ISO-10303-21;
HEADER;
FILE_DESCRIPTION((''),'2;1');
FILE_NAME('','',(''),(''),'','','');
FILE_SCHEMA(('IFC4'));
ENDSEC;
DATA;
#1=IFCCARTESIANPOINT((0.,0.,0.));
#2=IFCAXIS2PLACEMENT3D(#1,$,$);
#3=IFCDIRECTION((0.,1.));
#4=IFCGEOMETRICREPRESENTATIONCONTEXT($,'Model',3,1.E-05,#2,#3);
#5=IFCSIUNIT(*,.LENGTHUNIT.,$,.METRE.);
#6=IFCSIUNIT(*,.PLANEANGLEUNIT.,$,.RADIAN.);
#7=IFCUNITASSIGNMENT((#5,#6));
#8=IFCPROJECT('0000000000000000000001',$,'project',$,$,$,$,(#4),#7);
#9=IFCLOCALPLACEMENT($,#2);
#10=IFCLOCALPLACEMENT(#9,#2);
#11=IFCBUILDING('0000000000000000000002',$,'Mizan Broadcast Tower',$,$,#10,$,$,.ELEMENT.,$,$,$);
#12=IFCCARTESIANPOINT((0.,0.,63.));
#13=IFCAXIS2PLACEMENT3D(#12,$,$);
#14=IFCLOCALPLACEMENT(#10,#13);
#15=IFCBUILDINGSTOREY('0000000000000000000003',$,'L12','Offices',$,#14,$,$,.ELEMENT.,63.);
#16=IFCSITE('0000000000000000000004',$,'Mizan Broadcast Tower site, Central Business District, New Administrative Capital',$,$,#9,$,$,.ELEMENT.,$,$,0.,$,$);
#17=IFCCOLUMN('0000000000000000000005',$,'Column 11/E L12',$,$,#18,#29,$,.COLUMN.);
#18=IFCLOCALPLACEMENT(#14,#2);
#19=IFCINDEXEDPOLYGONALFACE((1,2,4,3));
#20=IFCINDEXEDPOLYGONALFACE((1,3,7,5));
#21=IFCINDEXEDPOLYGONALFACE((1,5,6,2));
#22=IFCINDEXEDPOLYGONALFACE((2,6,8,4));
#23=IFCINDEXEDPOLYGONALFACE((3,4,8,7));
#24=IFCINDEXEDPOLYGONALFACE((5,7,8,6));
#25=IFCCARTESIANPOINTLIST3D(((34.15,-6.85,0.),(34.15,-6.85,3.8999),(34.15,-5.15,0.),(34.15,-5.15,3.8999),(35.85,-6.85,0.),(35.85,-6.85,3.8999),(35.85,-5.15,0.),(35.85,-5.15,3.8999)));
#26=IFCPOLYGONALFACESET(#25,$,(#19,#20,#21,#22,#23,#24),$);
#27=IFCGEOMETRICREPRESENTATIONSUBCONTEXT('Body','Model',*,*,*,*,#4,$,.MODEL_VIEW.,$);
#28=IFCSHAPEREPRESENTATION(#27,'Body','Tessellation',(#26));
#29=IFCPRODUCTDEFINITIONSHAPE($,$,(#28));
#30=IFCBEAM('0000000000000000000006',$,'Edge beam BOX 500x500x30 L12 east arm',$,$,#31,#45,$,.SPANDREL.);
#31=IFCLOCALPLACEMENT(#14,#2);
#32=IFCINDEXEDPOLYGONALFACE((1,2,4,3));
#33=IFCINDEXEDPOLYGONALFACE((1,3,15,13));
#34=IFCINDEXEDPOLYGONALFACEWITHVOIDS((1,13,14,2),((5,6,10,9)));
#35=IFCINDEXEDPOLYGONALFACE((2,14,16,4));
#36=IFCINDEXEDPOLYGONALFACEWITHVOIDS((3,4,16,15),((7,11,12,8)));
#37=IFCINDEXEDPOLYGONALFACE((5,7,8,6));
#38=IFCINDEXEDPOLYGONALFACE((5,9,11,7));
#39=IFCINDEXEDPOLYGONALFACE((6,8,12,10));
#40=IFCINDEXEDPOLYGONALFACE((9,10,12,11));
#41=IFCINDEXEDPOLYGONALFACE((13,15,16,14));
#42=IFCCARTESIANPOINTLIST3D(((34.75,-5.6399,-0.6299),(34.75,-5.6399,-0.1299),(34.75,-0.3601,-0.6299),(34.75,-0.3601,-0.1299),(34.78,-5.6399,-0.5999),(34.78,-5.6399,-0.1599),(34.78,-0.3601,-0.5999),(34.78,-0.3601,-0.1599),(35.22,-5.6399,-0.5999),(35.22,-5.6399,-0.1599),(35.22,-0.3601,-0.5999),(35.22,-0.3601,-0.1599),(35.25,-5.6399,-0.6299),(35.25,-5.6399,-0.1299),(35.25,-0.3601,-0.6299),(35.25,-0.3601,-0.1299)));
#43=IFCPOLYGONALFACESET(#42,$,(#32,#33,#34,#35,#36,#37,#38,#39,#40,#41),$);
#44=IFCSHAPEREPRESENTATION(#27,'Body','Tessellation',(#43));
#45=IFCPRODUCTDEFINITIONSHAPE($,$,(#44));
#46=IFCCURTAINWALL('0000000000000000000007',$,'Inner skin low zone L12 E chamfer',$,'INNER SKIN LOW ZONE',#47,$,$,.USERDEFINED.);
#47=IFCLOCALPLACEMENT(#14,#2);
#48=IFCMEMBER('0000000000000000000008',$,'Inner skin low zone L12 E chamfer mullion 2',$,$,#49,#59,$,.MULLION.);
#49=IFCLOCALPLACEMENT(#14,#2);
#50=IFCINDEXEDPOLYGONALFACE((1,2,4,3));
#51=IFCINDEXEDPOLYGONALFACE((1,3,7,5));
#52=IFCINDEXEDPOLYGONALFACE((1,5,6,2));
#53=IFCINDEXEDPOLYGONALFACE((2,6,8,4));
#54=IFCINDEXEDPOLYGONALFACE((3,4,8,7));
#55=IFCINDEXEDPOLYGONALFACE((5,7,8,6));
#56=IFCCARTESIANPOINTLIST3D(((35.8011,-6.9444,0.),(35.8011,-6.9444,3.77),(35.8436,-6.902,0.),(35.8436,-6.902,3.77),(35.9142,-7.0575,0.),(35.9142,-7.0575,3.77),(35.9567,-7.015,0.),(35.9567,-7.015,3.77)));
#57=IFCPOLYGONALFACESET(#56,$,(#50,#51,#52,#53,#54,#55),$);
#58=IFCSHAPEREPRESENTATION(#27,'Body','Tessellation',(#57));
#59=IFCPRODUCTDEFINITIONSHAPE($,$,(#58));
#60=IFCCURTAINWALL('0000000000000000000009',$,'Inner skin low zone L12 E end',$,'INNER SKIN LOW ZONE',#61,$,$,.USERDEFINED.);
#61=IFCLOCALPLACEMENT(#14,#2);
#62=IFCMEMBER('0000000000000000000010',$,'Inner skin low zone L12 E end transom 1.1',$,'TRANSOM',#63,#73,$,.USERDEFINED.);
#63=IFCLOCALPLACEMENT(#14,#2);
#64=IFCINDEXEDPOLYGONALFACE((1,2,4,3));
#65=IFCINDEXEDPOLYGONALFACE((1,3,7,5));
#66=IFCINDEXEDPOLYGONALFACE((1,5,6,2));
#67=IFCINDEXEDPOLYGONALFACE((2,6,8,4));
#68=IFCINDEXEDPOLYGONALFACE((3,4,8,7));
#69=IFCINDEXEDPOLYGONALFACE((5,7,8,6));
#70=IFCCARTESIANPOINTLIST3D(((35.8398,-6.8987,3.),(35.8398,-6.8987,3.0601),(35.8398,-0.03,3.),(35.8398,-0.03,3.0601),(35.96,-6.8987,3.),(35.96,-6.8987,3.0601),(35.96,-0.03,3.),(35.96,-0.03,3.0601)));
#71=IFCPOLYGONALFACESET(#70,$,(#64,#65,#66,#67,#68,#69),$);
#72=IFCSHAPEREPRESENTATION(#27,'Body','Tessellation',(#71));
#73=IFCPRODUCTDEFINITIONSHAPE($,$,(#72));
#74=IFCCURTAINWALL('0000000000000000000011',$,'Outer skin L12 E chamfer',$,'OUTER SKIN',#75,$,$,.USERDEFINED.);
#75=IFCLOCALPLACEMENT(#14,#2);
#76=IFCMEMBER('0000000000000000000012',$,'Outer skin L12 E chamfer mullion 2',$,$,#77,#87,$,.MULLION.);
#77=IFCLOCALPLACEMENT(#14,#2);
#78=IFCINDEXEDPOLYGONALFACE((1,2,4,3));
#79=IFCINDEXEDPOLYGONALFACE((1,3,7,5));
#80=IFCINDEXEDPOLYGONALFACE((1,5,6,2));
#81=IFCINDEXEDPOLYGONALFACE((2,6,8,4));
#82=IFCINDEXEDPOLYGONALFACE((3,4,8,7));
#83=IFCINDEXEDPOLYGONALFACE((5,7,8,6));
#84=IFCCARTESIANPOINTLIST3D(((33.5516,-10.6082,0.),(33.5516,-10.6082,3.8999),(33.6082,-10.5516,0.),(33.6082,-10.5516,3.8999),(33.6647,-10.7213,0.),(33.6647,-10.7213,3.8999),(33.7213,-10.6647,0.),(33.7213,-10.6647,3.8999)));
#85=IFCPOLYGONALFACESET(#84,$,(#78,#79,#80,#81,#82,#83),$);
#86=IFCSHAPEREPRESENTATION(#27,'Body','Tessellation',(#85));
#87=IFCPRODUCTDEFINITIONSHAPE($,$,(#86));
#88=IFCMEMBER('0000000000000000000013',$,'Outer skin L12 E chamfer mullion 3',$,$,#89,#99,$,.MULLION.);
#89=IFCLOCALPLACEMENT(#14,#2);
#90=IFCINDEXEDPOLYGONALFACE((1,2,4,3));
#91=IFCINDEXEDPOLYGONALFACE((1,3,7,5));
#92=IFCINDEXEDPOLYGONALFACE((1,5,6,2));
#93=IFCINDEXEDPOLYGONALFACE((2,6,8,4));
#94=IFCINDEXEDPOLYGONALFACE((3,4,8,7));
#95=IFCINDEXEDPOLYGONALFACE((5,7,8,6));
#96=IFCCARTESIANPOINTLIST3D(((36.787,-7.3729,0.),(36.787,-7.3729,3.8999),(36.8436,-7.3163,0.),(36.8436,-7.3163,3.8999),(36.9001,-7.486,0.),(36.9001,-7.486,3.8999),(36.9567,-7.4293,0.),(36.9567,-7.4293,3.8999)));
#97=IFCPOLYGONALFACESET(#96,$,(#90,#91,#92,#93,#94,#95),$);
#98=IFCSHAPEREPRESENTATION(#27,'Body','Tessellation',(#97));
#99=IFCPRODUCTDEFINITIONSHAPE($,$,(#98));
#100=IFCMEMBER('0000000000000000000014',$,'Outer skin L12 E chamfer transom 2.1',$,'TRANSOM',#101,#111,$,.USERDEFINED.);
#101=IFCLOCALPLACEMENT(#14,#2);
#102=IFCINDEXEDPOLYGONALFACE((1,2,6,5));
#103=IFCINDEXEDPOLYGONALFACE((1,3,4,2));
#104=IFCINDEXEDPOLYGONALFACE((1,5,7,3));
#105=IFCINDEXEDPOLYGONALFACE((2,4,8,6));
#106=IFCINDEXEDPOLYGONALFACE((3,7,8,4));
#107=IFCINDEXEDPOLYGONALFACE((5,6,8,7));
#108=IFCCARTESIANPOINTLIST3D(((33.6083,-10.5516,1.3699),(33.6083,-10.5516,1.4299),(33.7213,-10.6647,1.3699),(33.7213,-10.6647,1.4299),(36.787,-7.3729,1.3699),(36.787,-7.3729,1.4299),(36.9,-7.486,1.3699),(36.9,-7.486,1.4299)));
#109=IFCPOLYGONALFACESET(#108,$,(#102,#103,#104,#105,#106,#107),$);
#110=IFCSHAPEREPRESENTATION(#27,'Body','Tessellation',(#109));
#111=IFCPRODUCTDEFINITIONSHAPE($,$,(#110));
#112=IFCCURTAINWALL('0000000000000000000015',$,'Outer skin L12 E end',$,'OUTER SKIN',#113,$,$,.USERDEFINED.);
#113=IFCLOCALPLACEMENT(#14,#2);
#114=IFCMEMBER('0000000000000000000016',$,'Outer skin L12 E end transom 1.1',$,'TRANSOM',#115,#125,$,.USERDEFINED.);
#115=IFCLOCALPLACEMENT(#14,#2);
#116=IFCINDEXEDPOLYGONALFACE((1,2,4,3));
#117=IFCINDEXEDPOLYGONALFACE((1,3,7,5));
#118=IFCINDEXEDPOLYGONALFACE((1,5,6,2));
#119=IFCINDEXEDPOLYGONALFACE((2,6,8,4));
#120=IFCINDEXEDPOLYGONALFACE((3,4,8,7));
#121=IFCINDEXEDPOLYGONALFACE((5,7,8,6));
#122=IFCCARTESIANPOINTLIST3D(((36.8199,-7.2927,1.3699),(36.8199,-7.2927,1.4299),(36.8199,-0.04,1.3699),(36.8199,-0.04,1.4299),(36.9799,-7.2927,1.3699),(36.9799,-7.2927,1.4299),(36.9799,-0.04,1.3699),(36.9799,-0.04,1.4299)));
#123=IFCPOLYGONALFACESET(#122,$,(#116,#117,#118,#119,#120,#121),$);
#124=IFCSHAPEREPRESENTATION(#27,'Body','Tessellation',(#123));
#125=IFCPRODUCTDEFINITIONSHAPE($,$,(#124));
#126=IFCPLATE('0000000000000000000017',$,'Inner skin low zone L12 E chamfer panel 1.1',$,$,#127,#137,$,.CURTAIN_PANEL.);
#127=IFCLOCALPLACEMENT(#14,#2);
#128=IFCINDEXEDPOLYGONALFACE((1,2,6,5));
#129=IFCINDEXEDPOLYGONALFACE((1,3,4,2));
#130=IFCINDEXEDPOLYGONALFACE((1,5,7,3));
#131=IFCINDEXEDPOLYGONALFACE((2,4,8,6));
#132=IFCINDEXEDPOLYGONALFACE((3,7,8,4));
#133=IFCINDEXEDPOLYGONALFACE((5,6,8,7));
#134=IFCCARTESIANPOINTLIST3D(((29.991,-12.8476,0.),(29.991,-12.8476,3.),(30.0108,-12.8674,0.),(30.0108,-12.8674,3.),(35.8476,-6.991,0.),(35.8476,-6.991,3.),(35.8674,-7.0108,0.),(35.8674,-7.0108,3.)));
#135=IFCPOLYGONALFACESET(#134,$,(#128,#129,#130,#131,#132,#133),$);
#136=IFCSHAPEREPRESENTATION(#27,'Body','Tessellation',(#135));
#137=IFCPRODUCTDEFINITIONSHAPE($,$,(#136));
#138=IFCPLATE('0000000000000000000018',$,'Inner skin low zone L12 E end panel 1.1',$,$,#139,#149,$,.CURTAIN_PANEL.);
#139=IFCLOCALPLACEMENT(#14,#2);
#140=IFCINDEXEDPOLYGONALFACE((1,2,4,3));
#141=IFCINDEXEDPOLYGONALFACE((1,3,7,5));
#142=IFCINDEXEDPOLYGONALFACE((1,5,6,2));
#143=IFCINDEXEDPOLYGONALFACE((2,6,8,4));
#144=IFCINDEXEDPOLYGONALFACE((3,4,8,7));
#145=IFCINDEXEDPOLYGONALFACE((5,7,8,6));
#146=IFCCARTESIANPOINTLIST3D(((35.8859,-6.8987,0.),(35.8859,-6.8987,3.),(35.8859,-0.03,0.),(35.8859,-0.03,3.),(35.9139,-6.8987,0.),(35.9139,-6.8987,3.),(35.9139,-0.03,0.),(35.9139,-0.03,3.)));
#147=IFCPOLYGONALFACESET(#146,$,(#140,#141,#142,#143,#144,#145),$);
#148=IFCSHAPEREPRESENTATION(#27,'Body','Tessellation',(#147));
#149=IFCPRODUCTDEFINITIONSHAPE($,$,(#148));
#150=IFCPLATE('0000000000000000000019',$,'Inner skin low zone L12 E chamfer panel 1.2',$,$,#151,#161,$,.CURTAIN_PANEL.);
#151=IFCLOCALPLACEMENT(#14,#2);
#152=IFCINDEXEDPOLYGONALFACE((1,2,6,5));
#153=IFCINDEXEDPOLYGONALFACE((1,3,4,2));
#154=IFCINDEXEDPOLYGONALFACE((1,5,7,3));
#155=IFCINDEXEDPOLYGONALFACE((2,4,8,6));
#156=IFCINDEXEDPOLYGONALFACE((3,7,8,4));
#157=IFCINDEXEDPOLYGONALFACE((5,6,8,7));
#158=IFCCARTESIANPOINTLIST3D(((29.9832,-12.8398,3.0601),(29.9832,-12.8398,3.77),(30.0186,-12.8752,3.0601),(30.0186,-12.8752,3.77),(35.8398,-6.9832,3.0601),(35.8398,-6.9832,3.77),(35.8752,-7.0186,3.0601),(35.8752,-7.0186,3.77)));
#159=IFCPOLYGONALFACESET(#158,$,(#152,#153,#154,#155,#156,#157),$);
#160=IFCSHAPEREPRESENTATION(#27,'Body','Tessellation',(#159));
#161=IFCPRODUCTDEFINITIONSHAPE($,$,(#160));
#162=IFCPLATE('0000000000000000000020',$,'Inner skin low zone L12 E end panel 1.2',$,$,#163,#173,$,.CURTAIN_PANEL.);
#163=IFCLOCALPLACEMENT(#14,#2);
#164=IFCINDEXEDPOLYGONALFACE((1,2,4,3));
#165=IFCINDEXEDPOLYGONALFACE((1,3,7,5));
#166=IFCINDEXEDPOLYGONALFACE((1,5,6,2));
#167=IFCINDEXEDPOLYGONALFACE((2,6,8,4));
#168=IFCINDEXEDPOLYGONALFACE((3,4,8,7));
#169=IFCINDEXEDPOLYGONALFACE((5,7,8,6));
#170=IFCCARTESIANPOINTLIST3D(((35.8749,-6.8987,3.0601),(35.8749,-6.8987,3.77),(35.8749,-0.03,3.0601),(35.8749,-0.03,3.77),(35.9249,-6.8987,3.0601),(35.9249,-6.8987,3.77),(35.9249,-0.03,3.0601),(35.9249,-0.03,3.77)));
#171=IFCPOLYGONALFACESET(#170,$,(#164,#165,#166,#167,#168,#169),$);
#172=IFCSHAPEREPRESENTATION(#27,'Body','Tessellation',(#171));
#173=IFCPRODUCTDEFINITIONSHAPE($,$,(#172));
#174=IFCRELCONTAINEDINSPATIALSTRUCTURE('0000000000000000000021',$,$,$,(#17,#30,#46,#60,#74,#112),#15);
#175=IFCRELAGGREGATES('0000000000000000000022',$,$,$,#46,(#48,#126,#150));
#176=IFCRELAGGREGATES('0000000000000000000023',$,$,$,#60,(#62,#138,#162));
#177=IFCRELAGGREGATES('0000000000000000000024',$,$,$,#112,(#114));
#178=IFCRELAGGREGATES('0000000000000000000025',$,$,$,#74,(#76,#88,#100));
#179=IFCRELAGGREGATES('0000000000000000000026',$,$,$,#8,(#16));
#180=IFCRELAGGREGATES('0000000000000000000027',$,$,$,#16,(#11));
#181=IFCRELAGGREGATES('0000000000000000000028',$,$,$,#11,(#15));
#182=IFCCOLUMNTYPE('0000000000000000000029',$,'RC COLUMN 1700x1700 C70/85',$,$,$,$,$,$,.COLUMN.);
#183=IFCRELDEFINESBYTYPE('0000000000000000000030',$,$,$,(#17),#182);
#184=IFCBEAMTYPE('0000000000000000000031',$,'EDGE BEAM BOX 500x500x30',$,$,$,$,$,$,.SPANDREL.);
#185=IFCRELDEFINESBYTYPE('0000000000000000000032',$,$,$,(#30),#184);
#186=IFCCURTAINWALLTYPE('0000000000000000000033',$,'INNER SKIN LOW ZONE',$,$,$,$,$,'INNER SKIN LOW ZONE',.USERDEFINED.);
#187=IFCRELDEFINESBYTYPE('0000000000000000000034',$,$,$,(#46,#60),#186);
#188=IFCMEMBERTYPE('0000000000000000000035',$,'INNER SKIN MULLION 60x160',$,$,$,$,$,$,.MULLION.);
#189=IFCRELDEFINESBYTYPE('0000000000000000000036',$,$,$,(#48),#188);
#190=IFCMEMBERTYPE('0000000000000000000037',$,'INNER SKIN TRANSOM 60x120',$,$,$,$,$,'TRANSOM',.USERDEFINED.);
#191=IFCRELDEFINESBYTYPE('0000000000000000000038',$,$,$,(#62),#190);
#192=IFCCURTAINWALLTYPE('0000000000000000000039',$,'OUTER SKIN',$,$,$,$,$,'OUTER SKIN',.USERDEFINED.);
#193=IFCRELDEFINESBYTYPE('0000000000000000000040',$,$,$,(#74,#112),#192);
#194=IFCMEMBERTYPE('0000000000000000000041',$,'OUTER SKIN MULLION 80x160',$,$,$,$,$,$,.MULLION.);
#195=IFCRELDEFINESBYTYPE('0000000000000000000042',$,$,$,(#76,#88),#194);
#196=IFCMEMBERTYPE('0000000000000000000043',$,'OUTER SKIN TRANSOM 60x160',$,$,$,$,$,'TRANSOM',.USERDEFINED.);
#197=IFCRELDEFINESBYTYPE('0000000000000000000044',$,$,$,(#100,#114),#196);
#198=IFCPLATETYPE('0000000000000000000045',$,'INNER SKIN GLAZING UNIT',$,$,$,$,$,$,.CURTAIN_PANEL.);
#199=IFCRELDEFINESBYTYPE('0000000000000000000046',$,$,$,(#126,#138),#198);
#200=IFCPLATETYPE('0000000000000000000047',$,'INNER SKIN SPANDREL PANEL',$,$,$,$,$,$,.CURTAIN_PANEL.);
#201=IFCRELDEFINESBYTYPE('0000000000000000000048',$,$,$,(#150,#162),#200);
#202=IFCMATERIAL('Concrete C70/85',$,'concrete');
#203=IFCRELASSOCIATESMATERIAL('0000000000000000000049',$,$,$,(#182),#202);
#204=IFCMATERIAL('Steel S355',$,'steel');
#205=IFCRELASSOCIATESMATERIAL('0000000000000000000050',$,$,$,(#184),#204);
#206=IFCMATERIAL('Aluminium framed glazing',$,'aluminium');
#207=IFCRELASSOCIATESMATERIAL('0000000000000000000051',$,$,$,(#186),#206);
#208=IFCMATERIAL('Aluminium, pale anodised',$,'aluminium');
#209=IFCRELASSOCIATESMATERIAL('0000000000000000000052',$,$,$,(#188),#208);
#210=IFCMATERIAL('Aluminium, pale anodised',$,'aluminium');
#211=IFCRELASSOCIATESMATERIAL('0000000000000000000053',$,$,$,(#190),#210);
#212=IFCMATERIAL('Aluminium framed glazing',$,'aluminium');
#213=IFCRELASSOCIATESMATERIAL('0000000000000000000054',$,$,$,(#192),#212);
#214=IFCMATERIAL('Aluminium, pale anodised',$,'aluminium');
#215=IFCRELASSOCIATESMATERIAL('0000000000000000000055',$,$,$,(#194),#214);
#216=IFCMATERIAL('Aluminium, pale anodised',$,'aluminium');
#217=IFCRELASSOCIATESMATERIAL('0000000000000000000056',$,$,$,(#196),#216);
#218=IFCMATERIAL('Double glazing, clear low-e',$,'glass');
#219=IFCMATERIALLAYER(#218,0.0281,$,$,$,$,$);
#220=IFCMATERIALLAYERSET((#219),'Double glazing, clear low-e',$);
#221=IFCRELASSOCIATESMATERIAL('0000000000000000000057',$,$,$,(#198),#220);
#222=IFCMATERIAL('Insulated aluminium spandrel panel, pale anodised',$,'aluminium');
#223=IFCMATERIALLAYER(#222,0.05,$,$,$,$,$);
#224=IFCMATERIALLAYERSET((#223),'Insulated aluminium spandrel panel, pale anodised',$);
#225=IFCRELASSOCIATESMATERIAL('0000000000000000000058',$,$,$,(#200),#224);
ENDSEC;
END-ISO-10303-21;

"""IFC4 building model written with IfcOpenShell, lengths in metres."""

from ifc_helpers import new_model, si_unit, direction, frame, origin, origin_2d, place, context, subcontext, project, spatial, rectangle, hollow_rectangle, extrude, material, layer, layer_set, material_profile, profile_set, type_object, element, aggregate, save


model = new_model("IFC4")

# Units and contexts
model_context = context("Model", 3, precision=1e-05, world=origin(), true_north=direction((0.0, 1.0)))
body_context = subcontext(model_context, "Body", "Model", "MODEL_VIEW")
ifc_project = project(units=[si_unit("LENGTHUNIT", "METRE"), si_unit("PLANEANGLEUNIT", "RADIAN")], contexts=[model_context])

# Site, building, storey
site_placement = place(None, origin())
site = spatial("IfcSite", under=ifc_project, at=site_placement, Name="Mizan Broadcast Tower site, Central Business District, New Administrative Capital", CompositionType="ELEMENT", RefElevation=0.0)
building_placement = place(site_placement, origin())
building = spatial("IfcBuilding", under=site, at=building_placement, Name="Mizan Broadcast Tower", CompositionType="ELEMENT")
storey_placement = place(building_placement, frame((0.0, 0.0, 63.0)))
storey = spatial("IfcBuildingStorey", under=building, at=storey_placement, Name="L12", Description="Offices", CompositionType="ELEMENT", Elevation=63.0)

# Column
ifc_material_1 = material(Name="Concrete C70/85", Category="concrete")
ifc_material_profile_1 = material_profile(ifc_material_1, rectangle(XDim=1.7, YDim=1.7, at=origin_2d()), Name="RC 1700x1700")
ifc_profile_set_1 = profile_set([ifc_material_profile_1], Name="Concrete C70/85")
column_type = type_object("IfcColumnType", Name="RC COLUMN 1700x1700 C70/85", PredefinedType="COLUMN", material=ifc_profile_set_1)
column_placement = place(storey_placement, frame((35.0, -6.0, 0.0), z_axis=(0.0, 0.0, 1.0), x_axis=(1.0, 0.0, 0.0)))
element("IfcColumn", 1, at=column_placement, inside=storey, type_object=column_type, Name="Column 11/E L12", PredefinedType="COLUMN", context=body_context, shape_type="SweptSolid", body=[
    extrude(rectangle(XDim=1.7, YDim=1.7, at=origin_2d()), origin(), (0.0, 0.0, 1.0), 3.8999),
])

# Beam
ifc_material_2 = material(Name="Steel S355", Category="steel")
ifc_material_profile_2 = material_profile(ifc_material_2, hollow_rectangle(XDim=0.5, YDim=0.5, WallThickness=0.03, at=origin_2d()), Name="BOX 500x500x30")
ifc_profile_set_2 = profile_set([ifc_material_profile_2], Name="Steel S355")
beam_type = type_object("IfcBeamType", Name="EDGE BEAM BOX 500x500x30", PredefinedType="SPANDREL", material=ifc_profile_set_2)
beam_placement = place(storey_placement, frame((35.0, -5.6399, -0.3799), z_axis=(0.0, 1.0, 0.0), x_axis=(-1.0, 0.0, 0.0)))
element("IfcBeam", 2, at=beam_placement, inside=storey, type_object=beam_type, Name="Edge beam BOX 500x500x30 L12 east arm", PredefinedType="SPANDREL", context=body_context, shape_type="SweptSolid", body=[
    extrude(hollow_rectangle(XDim=0.5, YDim=0.5, WallThickness=0.03, at=origin_2d()), origin(), (0.0, 0.0, 1.0), 5.2798),
])

# Curtain walls, members
ifc_material_3 = material(Name="Aluminium framed glazing", Category="aluminium")
curtain_wall_type_1 = type_object("IfcCurtainWallType", Name="INNER SKIN LOW ZONE", ElementType="INNER SKIN LOW ZONE", PredefinedType="USERDEFINED", material=ifc_material_3)
curtain_wall_1_placement = place(storey_placement, origin())
curtain_wall_1 = element("IfcCurtainWall", 3, at=curtain_wall_1_placement, inside=storey, type_object=curtain_wall_type_1, Name="Inner skin low zone L12 E chamfer", ObjectType="INNER SKIN LOW ZONE", PredefinedType="USERDEFINED")
ifc_material_4 = material(Name="Aluminium, pale anodised", Category="aluminium")
ifc_material_profile_3 = material_profile(ifc_material_4, rectangle(XDim=0.1599, YDim=0.0601, at=origin_2d()), Name="MULLION 160x60")
ifc_profile_set_3 = profile_set([ifc_material_profile_3], Name="Aluminium, pale anodised")
member_type_1 = type_object("IfcMemberType", Name="INNER SKIN MULLION 60x160", PredefinedType="MULLION", material=ifc_profile_set_3)
member_1_placement = place(storey_placement, frame((35.8789, -6.9797, 0.0), z_axis=(0.0, 0.0, 1.0), x_axis=(-0.707107, 0.707107, 0.0)))
member_1 = element("IfcMember", 4, at=member_1_placement, type_object=member_type_1, Name="Inner skin low zone L12 E chamfer mullion 2", PredefinedType="MULLION", context=body_context, shape_type="SweptSolid", body=[
    extrude(rectangle(XDim=0.1599, YDim=0.0601, at=origin_2d()), origin(), (0.0, 0.0, 1.0), 3.77),
])
curtain_wall_2_placement = place(storey_placement, origin())
curtain_wall_2 = element("IfcCurtainWall", 5, at=curtain_wall_2_placement, inside=storey, type_object=curtain_wall_type_1, Name="Inner skin low zone L12 E end", ObjectType="INNER SKIN LOW ZONE", PredefinedType="USERDEFINED")
ifc_material_5 = material(Name="Aluminium, pale anodised", Category="aluminium")
ifc_material_profile_4 = material_profile(ifc_material_5, rectangle(XDim=0.1201, YDim=0.0601, at=origin_2d()), Name="TRANSOM 120x60")
ifc_profile_set_4 = profile_set([ifc_material_profile_4], Name="Aluminium, pale anodised")
member_type_2 = type_object("IfcMemberType", Name="INNER SKIN TRANSOM 60x120", ElementType="TRANSOM", PredefinedType="USERDEFINED", material=ifc_profile_set_4)
member_2_placement = place(storey_placement, frame((35.8999, -6.8987, 3.03), z_axis=(0.0, 1.0, 0.0), x_axis=(-1.0, 0.0, 0.0)))
member_2 = element("IfcMember", 6, at=member_2_placement, type_object=member_type_2, Name="Inner skin low zone L12 E end transom 1.1", ObjectType="TRANSOM", PredefinedType="USERDEFINED", context=body_context, shape_type="SweptSolid", body=[
    extrude(rectangle(XDim=0.1201, YDim=0.0601, at=origin_2d()), origin(), (0.0, 0.0, 1.0), 6.8687),
])

# Curtain wall, members
ifc_material_6 = material(Name="Aluminium framed glazing", Category="aluminium")
curtain_wall_type_2 = type_object("IfcCurtainWallType", Name="OUTER SKIN", ElementType="OUTER SKIN", PredefinedType="USERDEFINED", material=ifc_material_6)
curtain_wall_3_placement = place(storey_placement, origin())
curtain_wall_3 = element("IfcCurtainWall", 7, at=curtain_wall_3_placement, inside=storey, type_object=curtain_wall_type_2, Name="Outer skin L12 E chamfer", ObjectType="OUTER SKIN", PredefinedType="USERDEFINED")
ifc_material_7 = material(Name="Aluminium, pale anodised", Category="aluminium")
ifc_material_profile_5 = material_profile(ifc_material_7, rectangle(XDim=0.1599, YDim=0.0801, at=origin_2d()), Name="MULLION 160x80")
ifc_profile_set_5 = profile_set([ifc_material_profile_5], Name="Aluminium, pale anodised")
member_type_3 = type_object("IfcMemberType", Name="OUTER SKIN MULLION 80x160", PredefinedType="MULLION", material=ifc_profile_set_5)
member_3_placement = place(storey_placement, frame((33.6365, -10.6365, 0.0), z_axis=(0.0, 0.0, 1.0), x_axis=(-0.707107, 0.707107, 0.0)))
member_3 = element("IfcMember", 8, at=member_3_placement, type_object=member_type_3, Name="Outer skin L12 E chamfer mullion 2", PredefinedType="MULLION", context=body_context, shape_type="SweptSolid", body=[
    extrude(rectangle(XDim=0.1599, YDim=0.0801, at=origin_2d()), origin(), (0.0, 0.0, 1.0), 3.8999),
])
member_4_placement = place(storey_placement, frame((36.8718, -7.4011, 0.0), z_axis=(0.0, 0.0, 1.0), x_axis=(-0.707107, 0.707107, 0.0)))
member_4 = element("IfcMember", 9, at=member_4_placement, type_object=member_type_3, Name="Outer skin L12 E chamfer mullion 3", PredefinedType="MULLION", context=body_context, shape_type="SweptSolid", body=[
    extrude(rectangle(XDim=0.1599, YDim=0.0801, at=origin_2d()), origin(), (0.0, 0.0, 1.0), 3.8999),
])
ifc_material_8 = material(Name="Aluminium, pale anodised", Category="aluminium")
ifc_material_profile_6 = material_profile(ifc_material_8, rectangle(XDim=0.1599, YDim=0.0601, at=origin_2d()), Name="TRANSOM 160x60")
ifc_profile_set_6 = profile_set([ifc_material_profile_6], Name="Aluminium, pale anodised")
member_type_4 = type_object("IfcMemberType", Name="OUTER SKIN TRANSOM 60x160", ElementType="TRANSOM", PredefinedType="USERDEFINED", material=ifc_profile_set_6)
member_5_placement = place(storey_placement, frame((33.6648, -10.6082, 1.3999), z_axis=(0.707107, 0.707107, 0.0), x_axis=(-0.707107, 0.707107, 0.0)))
member_5 = element("IfcMember", 10, at=member_5_placement, type_object=member_type_4, Name="Outer skin L12 E chamfer transom 2.1", ObjectType="TRANSOM", PredefinedType="USERDEFINED", context=body_context, shape_type="SweptSolid", body=[
    extrude(rectangle(XDim=0.1599, YDim=0.0601, at=origin_2d()), origin(), (0.0, 0.0, 1.0), 4.4954),
])

# Curtain wall, member
curtain_wall_4_placement = place(storey_placement, origin())
curtain_wall_4 = element("IfcCurtainWall", 11, at=curtain_wall_4_placement, inside=storey, type_object=curtain_wall_type_2, Name="Outer skin L12 E end", ObjectType="OUTER SKIN", PredefinedType="USERDEFINED")
member_6_placement = place(storey_placement, frame((36.8999, -7.2927, 1.3999), z_axis=(0.0, 1.0, 0.0), x_axis=(-1.0, 0.0, 0.0)))
member_6 = element("IfcMember", 12, at=member_6_placement, type_object=member_type_4, Name="Outer skin L12 E end transom 1.1", ObjectType="TRANSOM", PredefinedType="USERDEFINED", context=body_context, shape_type="SweptSolid", body=[
    extrude(rectangle(XDim=0.1599, YDim=0.0601, at=origin_2d()), origin(), (0.0, 0.0, 1.0), 7.2527),
])

# Plates
ifc_material_9 = material(Name="Double glazing, clear low-e", Category="glass")
ifc_layer_1 = layer(ifc_material_9, 0.0281)
ifc_layer_set_1 = layer_set([ifc_layer_1], Name="Double glazing, clear low-e")
plate_type_1 = type_object("IfcPlateType", Name="INNER SKIN GLAZING UNIT", PredefinedType="CURTAIN_PANEL", material=ifc_layer_set_1)
plate_1_placement = place(storey_placement, frame((32.9292, -9.9292, 0.0), z_axis=(0.0, 0.0, 1.0), x_axis=(0.707107, 0.707107, 0.0)))
plate_1 = element("IfcPlate", 13, at=plate_1_placement, type_object=plate_type_1, Name="Inner skin low zone L12 E chamfer panel 1.1", PredefinedType="CURTAIN_PANEL", context=body_context, shape_type="SweptSolid", body=[
    extrude(rectangle(XDim=8.2825, YDim=0.0281, at=origin_2d()), origin(), (0.0, 0.0, 1.0), 3.0),
])
plate_2_placement = place(storey_placement, frame((35.8999, -3.4644, 0.0), z_axis=(0.0, 0.0, 1.0), x_axis=(0.0, 1.0, 0.0)))
plate_2 = element("IfcPlate", 14, at=plate_2_placement, type_object=plate_type_1, Name="Inner skin low zone L12 E end panel 1.1", PredefinedType="CURTAIN_PANEL", context=body_context, shape_type="SweptSolid", body=[
    extrude(rectangle(XDim=6.8687, YDim=0.0281, at=origin_2d()), origin(), (0.0, 0.0, 1.0), 3.0),
])
ifc_material_10 = material(Name="Insulated aluminium spandrel panel, pale anodised", Category="aluminium")
ifc_layer_2 = layer(ifc_material_10, 0.05)
ifc_layer_set_2 = layer_set([ifc_layer_2], Name="Insulated aluminium spandrel panel, pale anodised")
plate_type_2 = type_object("IfcPlateType", Name="INNER SKIN SPANDREL PANEL", PredefinedType="CURTAIN_PANEL", material=ifc_layer_set_2)
plate_3_placement = place(storey_placement, frame((32.9292, -9.9292, 3.0601), z_axis=(0.0, 0.0, 1.0), x_axis=(0.707107, 0.707107, 0.0)))
plate_3 = element("IfcPlate", 15, at=plate_3_placement, type_object=plate_type_2, Name="Inner skin low zone L12 E chamfer panel 1.2", PredefinedType="CURTAIN_PANEL", context=body_context, shape_type="SweptSolid", body=[
    extrude(rectangle(XDim=8.2825, YDim=0.05, at=origin_2d()), origin(), (0.0, 0.0, 1.0), 0.71),
])
aggregate(curtain_wall_1, [member_1, plate_1, plate_3])
plate_4_placement = place(storey_placement, frame((35.8999, -3.4644, 3.0601), z_axis=(0.0, 0.0, 1.0), x_axis=(0.0, 1.0, 0.0)))
plate_4 = element("IfcPlate", 16, at=plate_4_placement, type_object=plate_type_2, Name="Inner skin low zone L12 E end panel 1.2", PredefinedType="CURTAIN_PANEL", context=body_context, shape_type="SweptSolid", body=[
    extrude(rectangle(XDim=6.8687, YDim=0.05, at=origin_2d()), origin(), (0.0, 0.0, 1.0), 0.71),
])
aggregate(curtain_wall_2, [member_2, plate_2, plate_4])
aggregate(curtain_wall_4, [member_6])
aggregate(curtain_wall_3, [member_3, member_4, member_5])

save(model, "model.ifc")
